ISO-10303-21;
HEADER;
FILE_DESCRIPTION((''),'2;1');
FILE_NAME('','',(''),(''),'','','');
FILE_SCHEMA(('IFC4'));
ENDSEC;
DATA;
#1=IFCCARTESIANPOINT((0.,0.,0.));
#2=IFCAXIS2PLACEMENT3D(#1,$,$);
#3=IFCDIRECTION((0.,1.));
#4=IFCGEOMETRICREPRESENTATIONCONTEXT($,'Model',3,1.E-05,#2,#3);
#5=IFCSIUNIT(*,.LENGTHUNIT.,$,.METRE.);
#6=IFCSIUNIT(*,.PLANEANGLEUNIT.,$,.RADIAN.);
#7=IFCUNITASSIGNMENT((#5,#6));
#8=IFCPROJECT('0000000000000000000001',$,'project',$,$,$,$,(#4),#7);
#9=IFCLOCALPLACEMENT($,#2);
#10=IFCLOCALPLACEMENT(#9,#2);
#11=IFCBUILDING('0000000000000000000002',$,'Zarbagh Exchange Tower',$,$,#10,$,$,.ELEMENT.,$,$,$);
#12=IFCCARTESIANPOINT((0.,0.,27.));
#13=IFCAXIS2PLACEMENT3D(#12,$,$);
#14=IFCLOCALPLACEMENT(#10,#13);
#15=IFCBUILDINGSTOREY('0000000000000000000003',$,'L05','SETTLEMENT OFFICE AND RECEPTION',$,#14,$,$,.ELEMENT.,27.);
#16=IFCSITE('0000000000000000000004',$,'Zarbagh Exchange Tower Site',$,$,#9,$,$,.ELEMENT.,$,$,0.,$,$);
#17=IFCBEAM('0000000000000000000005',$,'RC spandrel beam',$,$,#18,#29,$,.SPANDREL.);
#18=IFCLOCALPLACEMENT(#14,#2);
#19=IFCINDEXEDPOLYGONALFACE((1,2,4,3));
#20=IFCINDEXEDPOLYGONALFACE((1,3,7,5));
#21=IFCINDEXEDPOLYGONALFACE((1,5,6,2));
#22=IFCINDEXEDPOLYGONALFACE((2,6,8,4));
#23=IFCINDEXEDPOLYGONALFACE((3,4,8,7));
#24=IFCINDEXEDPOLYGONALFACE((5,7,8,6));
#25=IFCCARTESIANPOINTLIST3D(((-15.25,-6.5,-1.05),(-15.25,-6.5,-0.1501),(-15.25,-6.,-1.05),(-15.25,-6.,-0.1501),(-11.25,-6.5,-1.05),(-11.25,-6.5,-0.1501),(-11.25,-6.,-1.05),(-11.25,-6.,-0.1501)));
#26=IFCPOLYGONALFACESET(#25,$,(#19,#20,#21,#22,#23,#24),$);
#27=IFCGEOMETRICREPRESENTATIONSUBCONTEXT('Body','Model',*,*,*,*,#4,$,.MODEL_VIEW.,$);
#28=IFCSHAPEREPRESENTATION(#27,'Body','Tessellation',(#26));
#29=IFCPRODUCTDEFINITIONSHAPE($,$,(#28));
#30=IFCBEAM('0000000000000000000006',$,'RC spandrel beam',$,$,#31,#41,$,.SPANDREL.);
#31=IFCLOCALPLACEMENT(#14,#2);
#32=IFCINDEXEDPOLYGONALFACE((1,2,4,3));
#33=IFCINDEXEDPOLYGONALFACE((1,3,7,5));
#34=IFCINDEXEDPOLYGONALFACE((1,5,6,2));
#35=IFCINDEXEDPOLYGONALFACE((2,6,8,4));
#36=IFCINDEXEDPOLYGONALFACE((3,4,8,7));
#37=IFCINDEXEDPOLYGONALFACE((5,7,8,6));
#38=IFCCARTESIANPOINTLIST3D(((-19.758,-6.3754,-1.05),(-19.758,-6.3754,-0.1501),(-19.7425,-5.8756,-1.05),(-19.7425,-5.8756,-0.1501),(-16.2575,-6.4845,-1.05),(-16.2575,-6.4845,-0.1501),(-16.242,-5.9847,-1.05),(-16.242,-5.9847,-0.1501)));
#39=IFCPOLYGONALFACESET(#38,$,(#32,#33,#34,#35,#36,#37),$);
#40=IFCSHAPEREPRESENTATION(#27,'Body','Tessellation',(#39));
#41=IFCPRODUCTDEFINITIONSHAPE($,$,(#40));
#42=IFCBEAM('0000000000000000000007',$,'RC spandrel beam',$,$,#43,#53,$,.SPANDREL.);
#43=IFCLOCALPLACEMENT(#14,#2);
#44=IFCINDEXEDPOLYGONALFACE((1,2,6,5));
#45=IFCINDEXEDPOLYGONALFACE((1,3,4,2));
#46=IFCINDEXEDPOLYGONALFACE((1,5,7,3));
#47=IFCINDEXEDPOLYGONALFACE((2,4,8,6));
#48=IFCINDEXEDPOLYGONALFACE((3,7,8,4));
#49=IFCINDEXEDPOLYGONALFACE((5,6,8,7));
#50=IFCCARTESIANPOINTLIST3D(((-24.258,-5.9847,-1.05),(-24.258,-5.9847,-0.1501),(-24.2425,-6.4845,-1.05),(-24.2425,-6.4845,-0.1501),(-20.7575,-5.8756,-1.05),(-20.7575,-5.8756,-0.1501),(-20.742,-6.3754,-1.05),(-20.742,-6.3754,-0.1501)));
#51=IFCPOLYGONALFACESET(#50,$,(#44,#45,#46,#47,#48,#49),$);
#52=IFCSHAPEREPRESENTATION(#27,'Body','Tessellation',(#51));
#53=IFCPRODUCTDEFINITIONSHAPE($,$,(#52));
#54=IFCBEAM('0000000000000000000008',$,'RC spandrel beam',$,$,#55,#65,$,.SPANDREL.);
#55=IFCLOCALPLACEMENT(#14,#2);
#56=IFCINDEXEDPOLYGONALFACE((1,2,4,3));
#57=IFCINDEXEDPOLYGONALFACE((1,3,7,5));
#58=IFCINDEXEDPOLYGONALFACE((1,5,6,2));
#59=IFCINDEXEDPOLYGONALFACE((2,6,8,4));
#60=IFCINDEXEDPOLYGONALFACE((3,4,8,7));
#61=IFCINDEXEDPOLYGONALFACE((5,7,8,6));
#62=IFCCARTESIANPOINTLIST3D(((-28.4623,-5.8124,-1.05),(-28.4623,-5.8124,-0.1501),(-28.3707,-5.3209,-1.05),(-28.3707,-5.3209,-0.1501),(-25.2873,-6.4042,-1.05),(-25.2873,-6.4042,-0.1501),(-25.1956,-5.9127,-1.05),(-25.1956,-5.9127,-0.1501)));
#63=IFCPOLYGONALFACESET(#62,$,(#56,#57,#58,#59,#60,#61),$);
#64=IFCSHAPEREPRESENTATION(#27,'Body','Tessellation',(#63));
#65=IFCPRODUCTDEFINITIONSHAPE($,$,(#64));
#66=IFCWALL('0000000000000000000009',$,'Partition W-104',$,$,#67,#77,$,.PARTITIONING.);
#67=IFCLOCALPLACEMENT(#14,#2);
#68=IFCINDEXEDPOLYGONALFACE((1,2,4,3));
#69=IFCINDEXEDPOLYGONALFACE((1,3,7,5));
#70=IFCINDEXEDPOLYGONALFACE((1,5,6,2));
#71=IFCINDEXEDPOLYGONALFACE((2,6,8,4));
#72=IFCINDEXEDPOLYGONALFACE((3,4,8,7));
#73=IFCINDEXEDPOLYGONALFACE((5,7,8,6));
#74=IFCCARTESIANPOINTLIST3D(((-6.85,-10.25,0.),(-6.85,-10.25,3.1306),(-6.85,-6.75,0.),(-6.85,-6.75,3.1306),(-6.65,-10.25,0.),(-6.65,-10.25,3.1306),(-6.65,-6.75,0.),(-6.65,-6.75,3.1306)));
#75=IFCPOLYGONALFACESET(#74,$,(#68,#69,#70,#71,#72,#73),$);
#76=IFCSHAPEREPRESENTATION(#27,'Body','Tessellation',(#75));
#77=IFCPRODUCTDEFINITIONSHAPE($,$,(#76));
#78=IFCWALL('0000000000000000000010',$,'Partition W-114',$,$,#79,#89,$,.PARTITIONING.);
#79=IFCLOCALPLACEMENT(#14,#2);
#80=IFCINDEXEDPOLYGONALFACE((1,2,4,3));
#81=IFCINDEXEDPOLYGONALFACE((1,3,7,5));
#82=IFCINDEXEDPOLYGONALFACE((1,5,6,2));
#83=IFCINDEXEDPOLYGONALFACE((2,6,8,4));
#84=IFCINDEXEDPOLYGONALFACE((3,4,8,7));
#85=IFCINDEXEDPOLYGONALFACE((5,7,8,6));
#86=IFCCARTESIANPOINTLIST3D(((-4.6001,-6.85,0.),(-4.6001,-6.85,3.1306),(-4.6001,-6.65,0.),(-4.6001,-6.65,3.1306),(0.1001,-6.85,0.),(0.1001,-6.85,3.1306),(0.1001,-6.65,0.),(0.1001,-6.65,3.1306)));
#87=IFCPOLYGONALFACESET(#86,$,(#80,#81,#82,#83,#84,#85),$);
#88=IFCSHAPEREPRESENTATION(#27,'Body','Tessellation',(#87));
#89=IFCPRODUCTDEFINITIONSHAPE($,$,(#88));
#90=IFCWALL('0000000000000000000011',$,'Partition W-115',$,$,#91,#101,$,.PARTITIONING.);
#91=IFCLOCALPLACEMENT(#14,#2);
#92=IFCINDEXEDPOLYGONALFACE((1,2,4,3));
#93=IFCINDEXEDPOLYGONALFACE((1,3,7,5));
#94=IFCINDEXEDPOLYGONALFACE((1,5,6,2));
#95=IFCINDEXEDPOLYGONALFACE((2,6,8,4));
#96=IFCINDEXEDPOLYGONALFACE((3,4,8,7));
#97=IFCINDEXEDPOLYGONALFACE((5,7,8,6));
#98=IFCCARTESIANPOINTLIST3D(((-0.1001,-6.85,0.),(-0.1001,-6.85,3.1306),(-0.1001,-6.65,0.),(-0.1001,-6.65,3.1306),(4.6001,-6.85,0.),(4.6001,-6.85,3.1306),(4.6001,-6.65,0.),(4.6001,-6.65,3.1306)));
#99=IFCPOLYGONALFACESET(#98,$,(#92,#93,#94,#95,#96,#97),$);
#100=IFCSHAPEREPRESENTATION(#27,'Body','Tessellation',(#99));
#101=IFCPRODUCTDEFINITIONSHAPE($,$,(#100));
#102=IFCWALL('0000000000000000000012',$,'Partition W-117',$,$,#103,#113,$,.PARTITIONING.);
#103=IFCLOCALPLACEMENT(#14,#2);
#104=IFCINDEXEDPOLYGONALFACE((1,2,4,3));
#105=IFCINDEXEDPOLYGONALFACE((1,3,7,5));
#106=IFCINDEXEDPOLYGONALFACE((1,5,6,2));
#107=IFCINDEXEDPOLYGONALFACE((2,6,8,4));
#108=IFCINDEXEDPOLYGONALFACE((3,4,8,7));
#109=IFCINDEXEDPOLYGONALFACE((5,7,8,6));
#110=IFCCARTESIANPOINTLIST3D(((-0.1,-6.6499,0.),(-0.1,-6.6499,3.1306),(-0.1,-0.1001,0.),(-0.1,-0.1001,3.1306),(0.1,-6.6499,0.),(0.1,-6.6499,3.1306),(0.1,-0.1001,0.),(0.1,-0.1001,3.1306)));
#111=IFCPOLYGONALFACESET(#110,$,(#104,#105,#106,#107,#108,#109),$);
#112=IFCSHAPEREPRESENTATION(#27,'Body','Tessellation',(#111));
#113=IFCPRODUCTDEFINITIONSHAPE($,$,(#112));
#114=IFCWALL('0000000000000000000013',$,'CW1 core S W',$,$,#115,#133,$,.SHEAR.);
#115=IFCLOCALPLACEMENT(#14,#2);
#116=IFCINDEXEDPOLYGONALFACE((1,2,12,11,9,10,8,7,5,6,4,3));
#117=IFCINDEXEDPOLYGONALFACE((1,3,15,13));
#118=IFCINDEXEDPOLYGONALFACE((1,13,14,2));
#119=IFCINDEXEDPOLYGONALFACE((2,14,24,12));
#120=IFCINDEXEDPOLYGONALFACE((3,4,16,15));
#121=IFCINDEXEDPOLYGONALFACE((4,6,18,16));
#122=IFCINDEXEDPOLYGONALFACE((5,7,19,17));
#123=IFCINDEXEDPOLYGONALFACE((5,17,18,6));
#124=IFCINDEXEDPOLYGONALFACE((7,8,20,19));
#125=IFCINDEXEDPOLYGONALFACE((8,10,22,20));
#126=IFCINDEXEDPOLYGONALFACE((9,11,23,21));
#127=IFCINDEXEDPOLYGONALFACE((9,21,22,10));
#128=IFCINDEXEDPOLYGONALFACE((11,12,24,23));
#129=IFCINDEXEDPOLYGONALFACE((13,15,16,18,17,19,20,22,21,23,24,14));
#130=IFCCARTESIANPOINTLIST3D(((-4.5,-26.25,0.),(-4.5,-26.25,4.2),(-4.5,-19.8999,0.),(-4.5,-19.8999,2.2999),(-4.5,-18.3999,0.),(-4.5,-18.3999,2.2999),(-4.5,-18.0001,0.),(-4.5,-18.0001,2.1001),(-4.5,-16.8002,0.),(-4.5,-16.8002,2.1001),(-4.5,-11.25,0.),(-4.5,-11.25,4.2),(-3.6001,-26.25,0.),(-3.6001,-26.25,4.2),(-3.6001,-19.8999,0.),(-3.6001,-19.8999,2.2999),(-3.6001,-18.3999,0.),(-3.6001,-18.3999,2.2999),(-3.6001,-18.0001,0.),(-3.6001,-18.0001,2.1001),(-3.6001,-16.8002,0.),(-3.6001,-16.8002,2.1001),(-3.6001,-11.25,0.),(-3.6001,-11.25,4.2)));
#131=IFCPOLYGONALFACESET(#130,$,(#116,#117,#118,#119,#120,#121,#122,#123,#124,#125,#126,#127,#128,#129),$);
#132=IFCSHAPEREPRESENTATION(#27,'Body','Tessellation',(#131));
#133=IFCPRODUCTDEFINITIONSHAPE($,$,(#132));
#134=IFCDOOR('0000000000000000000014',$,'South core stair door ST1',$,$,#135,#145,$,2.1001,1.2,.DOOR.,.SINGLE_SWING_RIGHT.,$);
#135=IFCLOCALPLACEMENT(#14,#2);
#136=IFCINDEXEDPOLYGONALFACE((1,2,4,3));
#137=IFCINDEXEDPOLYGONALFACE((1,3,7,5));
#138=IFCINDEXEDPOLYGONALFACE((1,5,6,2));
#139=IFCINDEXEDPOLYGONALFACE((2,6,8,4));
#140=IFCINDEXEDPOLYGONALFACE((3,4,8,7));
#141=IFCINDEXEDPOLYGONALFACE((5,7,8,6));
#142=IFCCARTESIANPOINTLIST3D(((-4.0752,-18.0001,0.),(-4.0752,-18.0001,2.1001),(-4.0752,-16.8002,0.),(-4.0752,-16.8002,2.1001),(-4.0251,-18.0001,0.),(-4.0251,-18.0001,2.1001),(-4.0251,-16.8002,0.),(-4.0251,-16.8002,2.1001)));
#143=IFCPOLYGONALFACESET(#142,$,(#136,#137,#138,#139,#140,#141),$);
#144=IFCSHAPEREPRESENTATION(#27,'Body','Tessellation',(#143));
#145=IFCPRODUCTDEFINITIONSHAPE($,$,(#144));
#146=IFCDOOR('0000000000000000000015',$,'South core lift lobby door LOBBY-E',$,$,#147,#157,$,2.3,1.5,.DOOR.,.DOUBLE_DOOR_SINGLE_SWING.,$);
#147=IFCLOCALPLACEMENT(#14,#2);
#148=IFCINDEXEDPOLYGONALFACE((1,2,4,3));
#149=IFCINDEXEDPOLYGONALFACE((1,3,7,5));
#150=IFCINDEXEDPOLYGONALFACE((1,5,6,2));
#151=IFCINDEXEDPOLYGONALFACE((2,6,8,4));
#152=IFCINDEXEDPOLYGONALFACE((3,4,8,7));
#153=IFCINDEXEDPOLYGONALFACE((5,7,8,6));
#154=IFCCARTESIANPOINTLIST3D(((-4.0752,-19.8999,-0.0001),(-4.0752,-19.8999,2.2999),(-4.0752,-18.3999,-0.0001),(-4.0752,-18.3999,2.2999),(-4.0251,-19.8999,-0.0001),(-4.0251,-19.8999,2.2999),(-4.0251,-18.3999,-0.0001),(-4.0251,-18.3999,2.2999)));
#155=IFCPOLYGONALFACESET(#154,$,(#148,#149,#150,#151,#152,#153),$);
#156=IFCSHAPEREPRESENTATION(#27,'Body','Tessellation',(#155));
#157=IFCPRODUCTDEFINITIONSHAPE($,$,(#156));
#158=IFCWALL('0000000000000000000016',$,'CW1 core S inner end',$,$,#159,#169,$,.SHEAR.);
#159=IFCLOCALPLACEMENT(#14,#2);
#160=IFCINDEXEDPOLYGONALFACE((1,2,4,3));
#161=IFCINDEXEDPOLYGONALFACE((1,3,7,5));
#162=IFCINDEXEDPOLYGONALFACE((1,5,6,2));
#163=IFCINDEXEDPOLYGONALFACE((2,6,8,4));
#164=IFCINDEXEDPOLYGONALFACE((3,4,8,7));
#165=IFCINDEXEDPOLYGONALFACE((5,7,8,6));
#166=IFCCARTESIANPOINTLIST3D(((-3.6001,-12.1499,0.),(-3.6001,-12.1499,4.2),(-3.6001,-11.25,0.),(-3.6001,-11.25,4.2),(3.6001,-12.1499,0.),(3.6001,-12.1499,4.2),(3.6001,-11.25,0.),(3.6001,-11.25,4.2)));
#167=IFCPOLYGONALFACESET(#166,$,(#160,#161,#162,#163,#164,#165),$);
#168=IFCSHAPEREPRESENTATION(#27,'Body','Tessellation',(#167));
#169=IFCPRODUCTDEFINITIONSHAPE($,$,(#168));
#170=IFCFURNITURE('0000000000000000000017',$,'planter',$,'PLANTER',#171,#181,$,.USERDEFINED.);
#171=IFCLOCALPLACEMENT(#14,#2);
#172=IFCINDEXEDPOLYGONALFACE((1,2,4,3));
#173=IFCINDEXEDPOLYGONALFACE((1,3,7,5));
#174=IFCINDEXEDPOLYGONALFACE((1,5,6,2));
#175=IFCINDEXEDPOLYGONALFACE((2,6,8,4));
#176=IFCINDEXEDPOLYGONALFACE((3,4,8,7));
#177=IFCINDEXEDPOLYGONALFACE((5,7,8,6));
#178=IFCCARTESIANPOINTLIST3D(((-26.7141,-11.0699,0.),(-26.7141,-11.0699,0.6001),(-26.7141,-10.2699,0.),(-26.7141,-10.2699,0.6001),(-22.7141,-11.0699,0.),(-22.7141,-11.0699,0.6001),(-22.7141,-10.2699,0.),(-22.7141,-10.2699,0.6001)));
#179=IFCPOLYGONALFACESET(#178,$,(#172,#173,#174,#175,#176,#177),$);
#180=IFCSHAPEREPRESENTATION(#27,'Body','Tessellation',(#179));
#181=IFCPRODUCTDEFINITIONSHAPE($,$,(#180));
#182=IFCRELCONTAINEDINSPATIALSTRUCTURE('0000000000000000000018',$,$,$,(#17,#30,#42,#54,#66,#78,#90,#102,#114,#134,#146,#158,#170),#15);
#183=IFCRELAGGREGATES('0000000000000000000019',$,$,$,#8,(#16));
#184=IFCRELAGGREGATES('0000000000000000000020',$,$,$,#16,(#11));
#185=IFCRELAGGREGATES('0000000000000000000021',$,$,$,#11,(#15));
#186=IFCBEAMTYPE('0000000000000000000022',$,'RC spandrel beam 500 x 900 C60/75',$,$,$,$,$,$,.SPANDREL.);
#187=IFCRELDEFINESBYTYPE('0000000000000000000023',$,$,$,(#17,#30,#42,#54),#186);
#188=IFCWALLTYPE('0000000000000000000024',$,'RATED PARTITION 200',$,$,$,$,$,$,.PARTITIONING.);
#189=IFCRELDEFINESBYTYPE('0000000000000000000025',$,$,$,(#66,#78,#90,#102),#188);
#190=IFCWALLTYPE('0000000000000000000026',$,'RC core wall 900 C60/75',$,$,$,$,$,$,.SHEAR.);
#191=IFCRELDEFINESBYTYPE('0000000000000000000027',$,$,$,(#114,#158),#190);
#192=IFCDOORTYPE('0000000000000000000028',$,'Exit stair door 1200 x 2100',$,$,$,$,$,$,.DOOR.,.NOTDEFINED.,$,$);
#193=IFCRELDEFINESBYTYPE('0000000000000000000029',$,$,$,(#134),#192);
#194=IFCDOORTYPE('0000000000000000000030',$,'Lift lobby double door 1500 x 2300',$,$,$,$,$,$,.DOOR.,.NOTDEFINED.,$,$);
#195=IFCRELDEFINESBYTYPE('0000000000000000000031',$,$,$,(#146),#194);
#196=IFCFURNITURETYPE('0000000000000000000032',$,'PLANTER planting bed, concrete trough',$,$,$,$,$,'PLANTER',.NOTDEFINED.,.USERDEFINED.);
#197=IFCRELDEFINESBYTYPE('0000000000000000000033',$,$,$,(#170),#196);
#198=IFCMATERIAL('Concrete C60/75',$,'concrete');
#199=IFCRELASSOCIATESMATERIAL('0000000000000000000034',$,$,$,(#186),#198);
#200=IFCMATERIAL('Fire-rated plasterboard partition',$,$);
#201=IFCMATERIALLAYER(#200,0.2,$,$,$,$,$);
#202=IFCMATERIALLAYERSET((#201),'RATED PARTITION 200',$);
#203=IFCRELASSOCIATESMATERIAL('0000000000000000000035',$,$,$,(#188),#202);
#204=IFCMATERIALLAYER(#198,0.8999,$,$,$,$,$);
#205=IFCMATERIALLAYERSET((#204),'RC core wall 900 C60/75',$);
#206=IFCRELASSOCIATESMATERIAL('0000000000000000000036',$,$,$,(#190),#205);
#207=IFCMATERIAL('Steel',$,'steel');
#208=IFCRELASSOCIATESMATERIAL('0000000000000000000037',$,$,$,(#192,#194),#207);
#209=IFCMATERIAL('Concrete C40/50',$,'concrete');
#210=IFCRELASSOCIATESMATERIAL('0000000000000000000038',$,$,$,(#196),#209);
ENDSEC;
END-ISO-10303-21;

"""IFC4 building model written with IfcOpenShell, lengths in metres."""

from ifc_helpers import new_model, si_unit, direction, frame, frame_2d, origin, origin_2d, place, context, subcontext, project, spatial, rectangle, extrude, material, layer, layer_set, material_profile, profile_set, type_object, element, fill, save


model = new_model("IFC4")

# Units and contexts
model_context = context("Model", 3, precision=1e-05, world=origin(), true_north=direction((0.0, 1.0)))
body_context = subcontext(model_context, "Body", "Model", "MODEL_VIEW")
ifc_project = project(units=[si_unit("LENGTHUNIT", "METRE"), si_unit("PLANEANGLEUNIT", "RADIAN")], contexts=[model_context])

# Site, building, storey
site_placement = place(None, origin())
site = spatial("IfcSite", under=ifc_project, at=site_placement, Name="Zarbagh Exchange Tower Site", CompositionType="ELEMENT", RefElevation=0.0)
building_placement = place(site_placement, origin())
building = spatial("IfcBuilding", under=site, at=building_placement, Name="Zarbagh Exchange Tower", CompositionType="ELEMENT")
storey_placement = place(building_placement, frame((0.0, 0.0, 27.0)))
storey = spatial("IfcBuildingStorey", under=building, at=storey_placement, Name="L05", Description="SETTLEMENT OFFICE AND RECEPTION", CompositionType="ELEMENT", Elevation=27.0)

# Shared definitions
ifc_material_1 = material(Name="Concrete C60/75", Category="concrete")

# Beams
ifc_material_profile_1 = material_profile(ifc_material_1, rectangle(XDim=0.5, YDim=0.8999, at=origin_2d()), Name="RC spandrel beam 500 x 900 C60/75")
ifc_profile_set_1 = profile_set([ifc_material_profile_1], Name="Concrete C60/75")
beam_type_1 = type_object("IfcBeamType", Name="RC spandrel beam 500 x 900 C60/75", PredefinedType="SPANDREL", material=ifc_profile_set_1)
beam_1_placement = place(storey_placement, frame((-11.25, -6.25, -0.6001), z_axis=(-1.0, 0.0, 0.0), x_axis=(0.0, -1.0, 0.0)))
element("IfcBeam", 1, at=beam_1_placement, inside=storey, type_object=beam_type_1, Name="RC spandrel beam", PredefinedType="SPANDREL", context=body_context, shape_type="SweptSolid", body=[
    extrude(rectangle(XDim=0.5, YDim=0.8999, at=origin_2d()), origin(), (0.0, 0.0, 1.0), 4.0),
])
for number, where, z_axis, x_axis, name in (
    (2, (-16.2498, -6.2346, -0.6001), (-0.999514, 0.031161, 0.0), (-0.031161, -0.999514, 0.0), "RC spandrel beam"),
    (3, (-20.7498, -6.1255, -0.6001), (-0.999514, -0.031161, 0.0), (0.031161, -0.999514, 0.0), "RC spandrel beam"),
):
    element("IfcBeam", number, at=place(storey_placement, frame(where, z_axis=z_axis, x_axis=x_axis)), inside=storey, type_object=beam_type_1, Name=name, PredefinedType="SPANDREL", context=body_context, shape_type="SweptSolid", body=[
        extrude(rectangle(XDim=0.5, YDim=0.8999, at=origin_2d()), origin(), (0.0, 0.0, 1.0), 3.5022),
    ])
beam_2_placement = place(storey_placement, frame((-25.2415, -6.1584, -0.6001), z_axis=(-0.983069, 0.183234, 0.0), x_axis=(-0.183234, -0.983069, 0.0)))
element("IfcBeam", 4, at=beam_2_placement, inside=storey, type_object=beam_type_1, Name="RC spandrel beam", PredefinedType="SPANDREL", context=body_context, shape_type="SweptSolid", body=[
    extrude(rectangle(XDim=0.5, YDim=0.8999, at=origin_2d()), origin(), (0.0, 0.0, 1.0), 3.2297),
])

# Walls
ifc_material_2 = material(Name="Fire-rated plasterboard partition")
ifc_layer_1 = layer(ifc_material_2, 0.2)
ifc_layer_set_1 = layer_set([ifc_layer_1], Name="RATED PARTITION 200")
wall_type_1 = type_object("IfcWallType", Name="RATED PARTITION 200", PredefinedType="PARTITIONING", material=ifc_layer_set_1)
wall_1_placement = place(storey_placement, frame((-6.75, -10.25, 0.0), z_axis=(0.0, 0.0, 1.0), x_axis=(0.0, 1.0, 0.0)))
element("IfcWall", 5, at=wall_1_placement, inside=storey, type_object=wall_type_1, Name="Partition W-104", PredefinedType="PARTITIONING", context=body_context, shape_type="SweptSolid", body=[
    extrude(rectangle(XDim=3.5, YDim=0.2, at=frame_2d((1.75, 0.0))), origin(), (0.0, 0.0, 1.0), 3.1306),
])
for number, where, z_axis, x_axis, name in (
    (6, (-4.6001, -6.75, 0.0), (0.0, 0.0, 1.0), (1.0, 0.0, 0.0), "Partition W-114"),
    (7, (-0.1001, -6.75, 0.0), (0.0, 0.0, 1.0), (1.0, 0.0, 0.0), "Partition W-115"),
):
    element("IfcWall", number, at=place(storey_placement, frame(where, z_axis=z_axis, x_axis=x_axis)), inside=storey, type_object=wall_type_1, Name=name, PredefinedType="PARTITIONING", context=body_context, shape_type="SweptSolid", body=[
        extrude(rectangle(XDim=4.7002, YDim=0.2, at=frame_2d((2.3501, 0.0))), origin(), (0.0, 0.0, 1.0), 3.1306),
    ])
wall_2_placement = place(storey_placement, frame((0.0, -6.6499, 0.0), z_axis=(0.0, 0.0, 1.0), x_axis=(0.0, 1.0, 0.0)))
element("IfcWall", 8, at=wall_2_placement, inside=storey, type_object=wall_type_1, Name="Partition W-117", PredefinedType="PARTITIONING", context=body_context, shape_type="SweptSolid", body=[
    extrude(rectangle(XDim=6.5498, YDim=0.2, at=frame_2d((3.2749, 0.0))), origin(), (0.0, 0.0, 1.0), 3.1306),
])

# Wall, openings, doors
ifc_layer_2 = layer(ifc_material_1, 0.8999)
ifc_layer_set_2 = layer_set([ifc_layer_2], Name="RC core wall 900 C60/75")
wall_type_2 = type_object("IfcWallType", Name="RC core wall 900 C60/75", PredefinedType="SHEAR", material=ifc_layer_set_2)
wall_3_placement = place(storey_placement, frame((-4.05, -11.25, 0.0), z_axis=(0.0, 0.0, 1.0), x_axis=(0.0, -1.0, 0.0)))
wall_3 = element("IfcWall", 9, at=wall_3_placement, inside=storey, type_object=wall_type_2, Name="CW1 core S W", PredefinedType="SHEAR", context=body_context, shape_type="SweptSolid", body=[
    extrude(rectangle(XDim=15.0, YDim=0.8999, at=frame_2d((7.5, 0.0))), origin(), (0.0, 0.0, 1.0), 4.2),
])
opening_1_placement = place(wall_3_placement, frame((7.1499, 0.0, 0.0)))
opening_1 = element("IfcOpeningElement", 10, at=opening_1_placement, cuts=wall_3, PredefinedType="OPENING", context=body_context, shape_type="SweptSolid", body=[
    extrude(rectangle(XDim=1.5, YDim=2.3, at=frame_2d((0.75, 1.1499))), frame((0.0, 0.46, 0.0), z_axis=(0.0, -1.0, 0.0), x_axis=(1.0, 0.0, 0.0)), (0.0, 0.0, 1.0), 0.9199),
])
opening_2_placement = place(wall_3_placement, frame((5.55, 0.0, 0.0)))
opening_2 = element("IfcOpeningElement", 11, at=opening_2_placement, cuts=wall_3, PredefinedType="OPENING", context=body_context, shape_type="SweptSolid", body=[
    extrude(rectangle(XDim=1.2, YDim=2.1001, at=frame_2d((0.6001, 1.05))), frame((0.0, 0.46, 0.0), z_axis=(0.0, -1.0, 0.0), x_axis=(1.0, 0.0, 0.0)), (0.0, 0.0, 1.0), 0.9199),
])
ifc_material_3 = material(Name="Steel", Category="steel")
door_type_1 = type_object("IfcDoorType", Name="Exit stair door 1200 x 2100", OperationType="NOTDEFINED", PredefinedType="DOOR", material=ifc_material_3)
door_1_placement = place(opening_2_placement, origin())
door_1 = element("IfcDoor", 12, at=door_1_placement, inside=storey, type_object=door_type_1, Name="South core stair door ST1", OperationType="SINGLE_SWING_RIGHT", OverallHeight=2.1001, OverallWidth=1.2, PredefinedType="DOOR", context=body_context, shape_type="SweptSolid", body=[
    extrude(rectangle(XDim=1.2, YDim=2.1001, at=frame_2d((0.6001, 1.05))), frame((0.0, 0.0249, 0.0), z_axis=(0.0, -1.0, 0.0), x_axis=(1.0, 0.0, 0.0)), (0.0, 0.0, 1.0), 0.05),
])
fill(opening_2, door_1)
door_type_2 = type_object("IfcDoorType", Name="Lift lobby double door 1500 x 2300", OperationType="NOTDEFINED", PredefinedType="DOOR", material=ifc_material_3)
door_2_placement = place(opening_1_placement, origin())
door_2 = element("IfcDoor", 13, at=door_2_placement, inside=storey, type_object=door_type_2, Name="South core lift lobby door LOBBY-E", OperationType="DOUBLE_DOOR_SINGLE_SWING", OverallHeight=2.3, OverallWidth=1.5, PredefinedType="DOOR", context=body_context, shape_type="SweptSolid", body=[
    extrude(rectangle(XDim=1.5, YDim=2.3, at=frame_2d((0.75, 1.1499))), frame((0.0, 0.0249, 0.0), z_axis=(0.0, -1.0, 0.0), x_axis=(1.0, 0.0, 0.0)), (0.0, 0.0, 1.0), 0.05),
])
fill(opening_1, door_2)

# Wall
wall_4_placement = place(storey_placement, frame((-3.6001, -11.7, 0.0), z_axis=(0.0, 0.0, 1.0), x_axis=(1.0, 0.0, 0.0)))
element("IfcWall", 14, at=wall_4_placement, inside=storey, type_object=wall_type_2, Name="CW1 core S inner end", PredefinedType="SHEAR", context=body_context, shape_type="SweptSolid", body=[
    extrude(rectangle(XDim=7.2002, YDim=0.8999, at=frame_2d((3.6001, 0.0))), origin(), (0.0, 0.0, 1.0), 4.2),
])

# Furniture
ifc_material_4 = material(Name="Concrete C40/50", Category="concrete")
furniture_type = type_object("IfcFurnitureType", Name="PLANTER planting bed, concrete trough", ElementType="PLANTER", AssemblyPlace="NOTDEFINED", PredefinedType="USERDEFINED", material=ifc_material_4)
furniture_placement = place(storey_placement, frame((-24.7141, -10.6699, 0.0), z_axis=(0.0, 0.0, 1.0), x_axis=(-1.0, 0.0, 0.0)))
element("IfcFurniture", 15, at=furniture_placement, inside=storey, type_object=furniture_type, Name="planter", ObjectType="PLANTER", PredefinedType="USERDEFINED", context=body_context, shape_type="SweptSolid", body=[
    extrude(rectangle(XDim=4.0, YDim=0.8, at=origin_2d()), origin(), (0.0, 0.0, 1.0), 0.6001),
])

save(model, "model.ifc")
